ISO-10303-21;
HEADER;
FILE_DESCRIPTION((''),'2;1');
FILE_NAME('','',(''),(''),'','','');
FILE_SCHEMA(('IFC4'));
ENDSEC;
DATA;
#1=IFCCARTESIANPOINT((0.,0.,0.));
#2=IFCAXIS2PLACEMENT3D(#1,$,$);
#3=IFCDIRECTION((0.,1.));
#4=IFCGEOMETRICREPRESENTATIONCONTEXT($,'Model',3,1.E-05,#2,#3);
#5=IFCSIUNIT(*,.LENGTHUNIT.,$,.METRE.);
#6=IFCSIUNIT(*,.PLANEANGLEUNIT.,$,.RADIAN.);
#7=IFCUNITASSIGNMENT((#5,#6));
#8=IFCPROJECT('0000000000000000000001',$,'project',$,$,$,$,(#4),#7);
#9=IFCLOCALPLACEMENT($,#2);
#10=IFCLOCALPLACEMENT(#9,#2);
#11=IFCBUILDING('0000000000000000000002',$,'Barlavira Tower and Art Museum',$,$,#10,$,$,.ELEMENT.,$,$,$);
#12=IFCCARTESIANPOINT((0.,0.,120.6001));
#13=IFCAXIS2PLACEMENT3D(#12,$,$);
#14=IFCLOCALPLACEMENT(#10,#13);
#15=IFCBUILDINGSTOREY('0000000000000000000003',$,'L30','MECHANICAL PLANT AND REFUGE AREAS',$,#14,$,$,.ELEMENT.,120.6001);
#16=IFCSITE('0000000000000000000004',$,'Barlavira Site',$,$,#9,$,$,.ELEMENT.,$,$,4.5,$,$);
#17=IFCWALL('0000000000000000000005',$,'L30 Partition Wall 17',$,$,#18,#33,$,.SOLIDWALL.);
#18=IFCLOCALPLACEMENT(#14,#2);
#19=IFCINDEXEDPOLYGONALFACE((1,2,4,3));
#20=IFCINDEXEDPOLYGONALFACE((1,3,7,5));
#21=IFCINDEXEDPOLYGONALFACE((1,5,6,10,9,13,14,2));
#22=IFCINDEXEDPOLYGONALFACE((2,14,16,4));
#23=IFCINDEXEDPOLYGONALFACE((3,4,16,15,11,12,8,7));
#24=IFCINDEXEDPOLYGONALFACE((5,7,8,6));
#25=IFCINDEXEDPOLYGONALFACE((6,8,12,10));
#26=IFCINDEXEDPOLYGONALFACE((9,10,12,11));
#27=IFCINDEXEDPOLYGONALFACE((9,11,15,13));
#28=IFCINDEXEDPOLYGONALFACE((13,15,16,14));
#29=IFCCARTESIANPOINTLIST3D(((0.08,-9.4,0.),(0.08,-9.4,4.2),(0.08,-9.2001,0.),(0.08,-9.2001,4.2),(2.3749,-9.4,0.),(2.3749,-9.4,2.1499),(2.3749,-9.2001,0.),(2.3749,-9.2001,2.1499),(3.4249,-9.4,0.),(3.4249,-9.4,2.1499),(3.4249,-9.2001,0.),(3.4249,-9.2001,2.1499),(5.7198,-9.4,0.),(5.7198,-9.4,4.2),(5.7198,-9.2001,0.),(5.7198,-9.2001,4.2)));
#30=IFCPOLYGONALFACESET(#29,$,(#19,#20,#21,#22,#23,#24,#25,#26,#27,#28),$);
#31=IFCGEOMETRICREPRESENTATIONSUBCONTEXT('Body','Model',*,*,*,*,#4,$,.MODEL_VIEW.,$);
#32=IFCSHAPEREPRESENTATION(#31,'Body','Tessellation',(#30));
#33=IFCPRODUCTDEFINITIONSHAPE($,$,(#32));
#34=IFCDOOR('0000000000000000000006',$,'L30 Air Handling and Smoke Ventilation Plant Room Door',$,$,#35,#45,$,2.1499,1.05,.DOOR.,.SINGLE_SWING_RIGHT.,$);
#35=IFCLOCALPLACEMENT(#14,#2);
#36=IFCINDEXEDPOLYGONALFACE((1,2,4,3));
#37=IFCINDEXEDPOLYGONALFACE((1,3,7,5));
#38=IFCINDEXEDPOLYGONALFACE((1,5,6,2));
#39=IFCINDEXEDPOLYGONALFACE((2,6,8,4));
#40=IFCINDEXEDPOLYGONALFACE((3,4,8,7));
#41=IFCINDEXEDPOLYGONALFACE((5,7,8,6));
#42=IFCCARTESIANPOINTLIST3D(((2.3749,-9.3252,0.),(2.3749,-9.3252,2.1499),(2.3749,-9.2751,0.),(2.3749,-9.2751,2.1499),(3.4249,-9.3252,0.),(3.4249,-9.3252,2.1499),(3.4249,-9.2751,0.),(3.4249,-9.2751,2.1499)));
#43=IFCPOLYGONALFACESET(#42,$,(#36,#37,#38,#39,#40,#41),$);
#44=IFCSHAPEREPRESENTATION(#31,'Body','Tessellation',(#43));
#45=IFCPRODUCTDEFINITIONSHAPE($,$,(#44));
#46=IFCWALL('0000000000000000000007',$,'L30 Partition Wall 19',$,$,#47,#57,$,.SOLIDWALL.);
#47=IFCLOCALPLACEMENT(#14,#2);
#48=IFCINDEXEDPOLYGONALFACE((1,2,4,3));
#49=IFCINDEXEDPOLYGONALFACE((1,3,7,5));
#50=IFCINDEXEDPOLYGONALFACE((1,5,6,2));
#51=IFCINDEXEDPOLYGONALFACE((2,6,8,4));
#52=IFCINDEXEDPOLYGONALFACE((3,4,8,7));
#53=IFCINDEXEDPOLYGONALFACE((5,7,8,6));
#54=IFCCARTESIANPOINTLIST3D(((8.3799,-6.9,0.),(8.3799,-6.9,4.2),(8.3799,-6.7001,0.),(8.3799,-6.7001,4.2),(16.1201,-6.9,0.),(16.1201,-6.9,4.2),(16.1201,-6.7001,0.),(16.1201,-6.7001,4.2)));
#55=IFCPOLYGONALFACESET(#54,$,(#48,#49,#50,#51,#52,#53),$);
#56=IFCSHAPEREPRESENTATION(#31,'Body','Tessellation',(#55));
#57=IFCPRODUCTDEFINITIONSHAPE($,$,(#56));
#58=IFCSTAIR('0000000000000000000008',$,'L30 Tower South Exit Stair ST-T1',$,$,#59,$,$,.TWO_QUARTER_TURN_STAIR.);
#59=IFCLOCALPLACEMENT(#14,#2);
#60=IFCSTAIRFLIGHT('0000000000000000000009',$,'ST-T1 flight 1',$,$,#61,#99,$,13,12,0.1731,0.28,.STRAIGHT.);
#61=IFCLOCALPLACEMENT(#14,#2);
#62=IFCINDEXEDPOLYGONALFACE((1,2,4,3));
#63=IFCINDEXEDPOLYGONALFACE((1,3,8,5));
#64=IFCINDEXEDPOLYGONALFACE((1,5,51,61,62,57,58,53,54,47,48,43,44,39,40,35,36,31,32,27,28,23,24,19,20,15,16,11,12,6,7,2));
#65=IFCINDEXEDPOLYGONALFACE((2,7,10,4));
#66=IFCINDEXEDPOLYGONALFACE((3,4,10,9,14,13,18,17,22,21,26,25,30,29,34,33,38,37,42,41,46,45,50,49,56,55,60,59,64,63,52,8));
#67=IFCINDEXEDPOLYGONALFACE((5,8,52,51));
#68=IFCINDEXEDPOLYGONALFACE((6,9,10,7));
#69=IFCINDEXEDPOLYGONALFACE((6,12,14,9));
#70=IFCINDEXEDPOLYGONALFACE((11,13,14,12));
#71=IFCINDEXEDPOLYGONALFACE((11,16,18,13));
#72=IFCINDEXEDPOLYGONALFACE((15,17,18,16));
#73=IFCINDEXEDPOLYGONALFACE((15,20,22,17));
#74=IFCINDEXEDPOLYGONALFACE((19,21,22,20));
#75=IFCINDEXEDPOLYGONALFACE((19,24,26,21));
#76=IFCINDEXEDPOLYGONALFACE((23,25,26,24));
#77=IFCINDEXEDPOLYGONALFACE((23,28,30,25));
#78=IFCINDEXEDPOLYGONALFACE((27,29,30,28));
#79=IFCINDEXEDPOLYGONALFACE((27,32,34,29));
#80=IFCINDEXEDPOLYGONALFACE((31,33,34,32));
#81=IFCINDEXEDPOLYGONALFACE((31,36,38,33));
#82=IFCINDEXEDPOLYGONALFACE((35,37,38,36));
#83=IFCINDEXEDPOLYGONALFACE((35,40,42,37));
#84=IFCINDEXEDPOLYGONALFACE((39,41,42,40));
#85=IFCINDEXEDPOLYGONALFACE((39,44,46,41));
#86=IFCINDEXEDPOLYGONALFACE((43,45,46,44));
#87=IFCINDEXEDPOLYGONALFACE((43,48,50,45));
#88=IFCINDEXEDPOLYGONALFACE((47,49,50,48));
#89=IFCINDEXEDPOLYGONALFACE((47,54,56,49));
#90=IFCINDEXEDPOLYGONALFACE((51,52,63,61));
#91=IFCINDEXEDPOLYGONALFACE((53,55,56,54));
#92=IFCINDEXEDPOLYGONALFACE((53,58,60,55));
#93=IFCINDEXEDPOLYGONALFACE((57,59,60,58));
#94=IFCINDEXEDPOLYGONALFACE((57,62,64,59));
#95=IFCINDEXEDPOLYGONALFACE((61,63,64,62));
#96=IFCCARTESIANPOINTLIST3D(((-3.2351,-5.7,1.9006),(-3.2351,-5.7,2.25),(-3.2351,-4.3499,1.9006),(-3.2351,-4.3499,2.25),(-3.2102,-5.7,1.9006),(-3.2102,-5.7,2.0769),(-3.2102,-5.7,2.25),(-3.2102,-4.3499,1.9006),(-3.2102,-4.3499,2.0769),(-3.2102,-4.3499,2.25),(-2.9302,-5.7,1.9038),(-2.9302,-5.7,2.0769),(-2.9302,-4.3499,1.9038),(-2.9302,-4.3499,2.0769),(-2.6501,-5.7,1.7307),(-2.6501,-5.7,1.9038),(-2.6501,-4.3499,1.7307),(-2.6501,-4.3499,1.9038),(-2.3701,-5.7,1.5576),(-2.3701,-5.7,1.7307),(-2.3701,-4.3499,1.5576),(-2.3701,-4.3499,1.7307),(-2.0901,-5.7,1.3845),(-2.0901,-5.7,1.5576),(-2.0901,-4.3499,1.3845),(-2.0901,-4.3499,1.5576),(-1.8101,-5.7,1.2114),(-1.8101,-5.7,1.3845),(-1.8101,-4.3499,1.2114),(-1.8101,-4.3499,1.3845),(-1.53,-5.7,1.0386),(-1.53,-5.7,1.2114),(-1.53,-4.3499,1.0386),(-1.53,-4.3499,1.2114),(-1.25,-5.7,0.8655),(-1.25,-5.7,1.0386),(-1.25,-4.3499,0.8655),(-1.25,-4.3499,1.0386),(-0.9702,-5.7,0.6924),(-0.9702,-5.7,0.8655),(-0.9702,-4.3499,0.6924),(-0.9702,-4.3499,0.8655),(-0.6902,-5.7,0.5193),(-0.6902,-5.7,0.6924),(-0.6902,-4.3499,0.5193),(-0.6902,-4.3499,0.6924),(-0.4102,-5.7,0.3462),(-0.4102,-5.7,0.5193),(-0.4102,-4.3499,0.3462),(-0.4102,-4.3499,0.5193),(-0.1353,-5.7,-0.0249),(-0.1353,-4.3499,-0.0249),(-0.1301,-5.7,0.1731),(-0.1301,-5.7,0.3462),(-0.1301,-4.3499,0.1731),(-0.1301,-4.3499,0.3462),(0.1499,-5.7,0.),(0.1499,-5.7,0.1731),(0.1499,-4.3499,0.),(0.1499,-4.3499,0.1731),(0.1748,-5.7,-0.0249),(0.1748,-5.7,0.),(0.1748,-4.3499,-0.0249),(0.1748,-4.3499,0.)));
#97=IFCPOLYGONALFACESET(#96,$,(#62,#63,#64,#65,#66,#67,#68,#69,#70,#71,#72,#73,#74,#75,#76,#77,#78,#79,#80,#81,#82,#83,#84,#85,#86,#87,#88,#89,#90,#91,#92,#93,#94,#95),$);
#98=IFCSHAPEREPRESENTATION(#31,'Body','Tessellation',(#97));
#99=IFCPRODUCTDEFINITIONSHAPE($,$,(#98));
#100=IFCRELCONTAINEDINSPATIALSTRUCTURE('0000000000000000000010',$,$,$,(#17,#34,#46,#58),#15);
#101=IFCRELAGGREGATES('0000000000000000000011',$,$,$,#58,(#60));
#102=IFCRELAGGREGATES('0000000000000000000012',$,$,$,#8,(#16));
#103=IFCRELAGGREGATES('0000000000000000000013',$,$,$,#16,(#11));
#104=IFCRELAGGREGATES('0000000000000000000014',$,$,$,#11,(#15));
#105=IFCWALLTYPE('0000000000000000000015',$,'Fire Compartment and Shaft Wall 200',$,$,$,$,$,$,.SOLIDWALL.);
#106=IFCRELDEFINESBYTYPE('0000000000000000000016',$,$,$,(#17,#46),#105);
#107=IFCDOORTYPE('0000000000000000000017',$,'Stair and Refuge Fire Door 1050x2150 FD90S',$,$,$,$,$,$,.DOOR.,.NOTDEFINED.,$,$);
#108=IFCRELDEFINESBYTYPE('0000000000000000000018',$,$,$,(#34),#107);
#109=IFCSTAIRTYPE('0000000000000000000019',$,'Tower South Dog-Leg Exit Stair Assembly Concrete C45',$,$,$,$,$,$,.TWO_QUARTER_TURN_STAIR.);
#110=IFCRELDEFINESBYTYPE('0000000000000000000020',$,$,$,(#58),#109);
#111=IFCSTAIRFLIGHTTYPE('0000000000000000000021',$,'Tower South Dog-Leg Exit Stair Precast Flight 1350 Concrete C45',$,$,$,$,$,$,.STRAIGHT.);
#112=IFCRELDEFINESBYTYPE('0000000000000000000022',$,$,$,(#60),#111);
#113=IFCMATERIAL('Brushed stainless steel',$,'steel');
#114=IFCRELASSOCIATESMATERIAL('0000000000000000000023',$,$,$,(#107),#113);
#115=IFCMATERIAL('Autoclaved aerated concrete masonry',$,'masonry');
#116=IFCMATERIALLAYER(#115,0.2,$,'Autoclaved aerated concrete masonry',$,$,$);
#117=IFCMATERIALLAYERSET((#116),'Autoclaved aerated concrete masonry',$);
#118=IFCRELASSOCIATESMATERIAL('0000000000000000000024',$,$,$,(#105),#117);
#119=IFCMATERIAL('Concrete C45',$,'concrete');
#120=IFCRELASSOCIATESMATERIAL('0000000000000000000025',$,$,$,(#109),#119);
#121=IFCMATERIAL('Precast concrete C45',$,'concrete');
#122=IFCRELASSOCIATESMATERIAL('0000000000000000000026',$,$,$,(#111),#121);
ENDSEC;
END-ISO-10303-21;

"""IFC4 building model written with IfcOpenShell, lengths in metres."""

from ifc_helpers import new_model, si_unit, direction, frame, frame_2d, origin, place, context, subcontext, project, spatial, polyline, rectangle, outline, extrude, material, layer, layer_set, type_object, element, fill, aggregate, save


model = new_model("IFC4")

# Units and contexts
model_context = context("Model", 3, precision=1e-05, world=origin(), true_north=direction((0.0, 1.0)))
body_context = subcontext(model_context, "Body", "Model", "MODEL_VIEW")
ifc_project = project(units=[si_unit("LENGTHUNIT", "METRE"), si_unit("PLANEANGLEUNIT", "RADIAN")], contexts=[model_context])

# Site, building, storey
site_placement = place(None, origin())
site = spatial("IfcSite", under=ifc_project, at=site_placement, Name="Barlavira Site", CompositionType="ELEMENT", RefElevation=4.5)
building_placement = place(site_placement, origin())
building = spatial("IfcBuilding", under=site, at=building_placement, Name="Barlavira Tower and Art Museum", CompositionType="ELEMENT")
storey_placement = place(building_placement, frame((0.0, 0.0, 120.6001)))
storey = spatial("IfcBuildingStorey", under=building, at=storey_placement, Name="L30", Description="MECHANICAL PLANT AND REFUGE AREAS", CompositionType="ELEMENT", Elevation=120.6001)

# Shared definitions
ifc_material_1 = material(Name="Brushed stainless steel", Category="steel")
door_type_1 = type_object("IfcDoorType", Name="Stair and Refuge Fire Door 1050x2150 FD90S", OperationType="NOTDEFINED", PredefinedType="DOOR", material=ifc_material_1)

# Shared definitions
ifc_material_2 = material(Name="Autoclaved aerated concrete masonry", Category="masonry")
ifc_layer_1 = layer(ifc_material_2, 0.2, Name="Autoclaved aerated concrete masonry")
ifc_layer_set_1 = layer_set([ifc_layer_1], Name="Autoclaved aerated concrete masonry")
wall_type_1 = type_object("IfcWallType", Name="Fire Compartment and Shaft Wall 200", PredefinedType="SOLIDWALL", material=ifc_layer_set_1)

# Wall, opening, door
wall_1_placement = place(storey_placement, frame((0.0801, -9.3, 0.0), z_axis=(0.0, 0.0, 1.0), x_axis=(1.0, 0.0, 0.0)))
wall_1 = element("IfcWall", 1, at=wall_1_placement, inside=storey, type_object=wall_type_1, Name="L30 Partition Wall 17", PredefinedType="SOLIDWALL", context=body_context, shape_type="SweptSolid", body=[
    extrude(rectangle(XDim=5.6399, YDim=0.2, at=frame_2d((2.8198, 0.0))), origin(), (0.0, 0.0, 1.0), 4.2),
])
opening_1_placement = place(wall_1_placement, frame((2.2949, 0.0, 0.0)))
opening_1 = element("IfcOpeningElement", 2, at=opening_1_placement, cuts=wall_1, PredefinedType="OPENING", context=body_context, shape_type="SweptSolid", body=[
    extrude(rectangle(XDim=1.05, YDim=2.1499, at=frame_2d((0.5249, 1.075))), frame((0.0, 0.1099, 0.0), z_axis=(0.0, -1.0, 0.0), x_axis=(1.0, 0.0, 0.0)), (0.0, 0.0, 1.0), 0.22),
])
door_1_placement = place(opening_1_placement, origin())
door_1 = element("IfcDoor", 3, at=door_1_placement, inside=storey, type_object=door_type_1, Name="L30 Air Handling and Smoke Ventilation Plant Room Door", OperationType="SINGLE_SWING_RIGHT", OverallHeight=2.1499, OverallWidth=1.05, PredefinedType="DOOR", context=body_context, shape_type="SweptSolid", body=[
    extrude(rectangle(XDim=1.05, YDim=2.1499, at=frame_2d((0.5249, 1.075))), frame((0.0, 0.0249, 0.0), z_axis=(0.0, -1.0, 0.0), x_axis=(1.0, 0.0, 0.0)), (0.0, 0.0, 1.0), 0.05),
])
fill(opening_1, door_1)

# Wall
wall_2_placement = place(storey_placement, frame((8.3799, -6.8, 0.0), z_axis=(0.0, 0.0, 1.0), x_axis=(1.0, 0.0, 0.0)))
element("IfcWall", 4, at=wall_2_placement, inside=storey, type_object=wall_type_1, Name="L30 Partition Wall 19", PredefinedType="SOLIDWALL", context=body_context, shape_type="SweptSolid", body=[
    extrude(rectangle(XDim=7.7402, YDim=0.2, at=frame_2d((3.8701, 0.0))), origin(), (0.0, 0.0, 1.0), 4.2),
])

# Stair, stair flight
ifc_material_3 = material(Name="Concrete C45", Category="concrete")
stair_type = type_object("IfcStairType", Name="Tower South Dog-Leg Exit Stair Assembly Concrete C45", PredefinedType="TWO_QUARTER_TURN_STAIR", material=ifc_material_3)
stair_placement = place(storey_placement, origin())
stair = element("IfcStair", 5, at=stair_placement, inside=storey, type_object=stair_type, Name="L30 Tower South Exit Stair ST-T1", PredefinedType="TWO_QUARTER_TURN_STAIR")
ifc_material_4 = material(Name="Precast concrete C45", Category="concrete")
stair_flight_type = type_object("IfcStairFlightType", Name="Tower South Dog-Leg Exit Stair Precast Flight 1350 Concrete C45", PredefinedType="STRAIGHT", material=ifc_material_4)
stair_flight_placement = place(storey_placement, frame((0.1499, -5.0249, 0.0), z_axis=(0.0, 0.0, 1.0), x_axis=(-1.0, 0.0, 0.0)))
stair_flight = element("IfcStairFlight", 6, at=stair_flight_placement, type_object=stair_flight_type, Name="ST-T1 flight 1", NumberOfRisers=13, NumberOfTreads=12, PredefinedType="STRAIGHT", RiserHeight=0.1731, TreadLength=0.28, context=body_context, shape_type="SweptSolid", body=[
    extrude(outline(polyline([(-0.0249, 0.0), (0.0, 0.0), (0.0, 0.1731), (0.28, 0.1731), (0.28, 0.3462), (0.5601, 0.3462), (0.5601, 0.5193), (0.8401, 0.5193), (0.8401, 0.6924), (1.1201, 0.6924), (1.1201, 0.8655), (1.3999, 0.8655), (1.3999, 1.0386), (1.6799, 1.0386), (1.6799, 1.2114), (1.96, 1.2114), (1.96, 1.3845), (2.24, 1.3845), (2.24, 1.5576), (2.52, 1.5576), (2.52, 1.7307), (2.8, 1.7307), (2.8, 1.9038), (3.0801, 1.9038), (3.0801, 2.0769), (3.3601, 2.0769), (3.3601, 2.25), (3.385, 2.25), (3.385, 1.9006), (3.3601, 1.9006), (0.2852, -0.0249), (-0.0249, -0.0249), (-0.0249, 0.0)])), frame((0.0, 0.675, 0.0), z_axis=(0.0, -1.0, 0.0), x_axis=(1.0, 0.0, 0.0)), (0.0, 0.0, 1.0), 1.3501),
])
aggregate(stair, [stair_flight])

save(model, "model.ifc")
